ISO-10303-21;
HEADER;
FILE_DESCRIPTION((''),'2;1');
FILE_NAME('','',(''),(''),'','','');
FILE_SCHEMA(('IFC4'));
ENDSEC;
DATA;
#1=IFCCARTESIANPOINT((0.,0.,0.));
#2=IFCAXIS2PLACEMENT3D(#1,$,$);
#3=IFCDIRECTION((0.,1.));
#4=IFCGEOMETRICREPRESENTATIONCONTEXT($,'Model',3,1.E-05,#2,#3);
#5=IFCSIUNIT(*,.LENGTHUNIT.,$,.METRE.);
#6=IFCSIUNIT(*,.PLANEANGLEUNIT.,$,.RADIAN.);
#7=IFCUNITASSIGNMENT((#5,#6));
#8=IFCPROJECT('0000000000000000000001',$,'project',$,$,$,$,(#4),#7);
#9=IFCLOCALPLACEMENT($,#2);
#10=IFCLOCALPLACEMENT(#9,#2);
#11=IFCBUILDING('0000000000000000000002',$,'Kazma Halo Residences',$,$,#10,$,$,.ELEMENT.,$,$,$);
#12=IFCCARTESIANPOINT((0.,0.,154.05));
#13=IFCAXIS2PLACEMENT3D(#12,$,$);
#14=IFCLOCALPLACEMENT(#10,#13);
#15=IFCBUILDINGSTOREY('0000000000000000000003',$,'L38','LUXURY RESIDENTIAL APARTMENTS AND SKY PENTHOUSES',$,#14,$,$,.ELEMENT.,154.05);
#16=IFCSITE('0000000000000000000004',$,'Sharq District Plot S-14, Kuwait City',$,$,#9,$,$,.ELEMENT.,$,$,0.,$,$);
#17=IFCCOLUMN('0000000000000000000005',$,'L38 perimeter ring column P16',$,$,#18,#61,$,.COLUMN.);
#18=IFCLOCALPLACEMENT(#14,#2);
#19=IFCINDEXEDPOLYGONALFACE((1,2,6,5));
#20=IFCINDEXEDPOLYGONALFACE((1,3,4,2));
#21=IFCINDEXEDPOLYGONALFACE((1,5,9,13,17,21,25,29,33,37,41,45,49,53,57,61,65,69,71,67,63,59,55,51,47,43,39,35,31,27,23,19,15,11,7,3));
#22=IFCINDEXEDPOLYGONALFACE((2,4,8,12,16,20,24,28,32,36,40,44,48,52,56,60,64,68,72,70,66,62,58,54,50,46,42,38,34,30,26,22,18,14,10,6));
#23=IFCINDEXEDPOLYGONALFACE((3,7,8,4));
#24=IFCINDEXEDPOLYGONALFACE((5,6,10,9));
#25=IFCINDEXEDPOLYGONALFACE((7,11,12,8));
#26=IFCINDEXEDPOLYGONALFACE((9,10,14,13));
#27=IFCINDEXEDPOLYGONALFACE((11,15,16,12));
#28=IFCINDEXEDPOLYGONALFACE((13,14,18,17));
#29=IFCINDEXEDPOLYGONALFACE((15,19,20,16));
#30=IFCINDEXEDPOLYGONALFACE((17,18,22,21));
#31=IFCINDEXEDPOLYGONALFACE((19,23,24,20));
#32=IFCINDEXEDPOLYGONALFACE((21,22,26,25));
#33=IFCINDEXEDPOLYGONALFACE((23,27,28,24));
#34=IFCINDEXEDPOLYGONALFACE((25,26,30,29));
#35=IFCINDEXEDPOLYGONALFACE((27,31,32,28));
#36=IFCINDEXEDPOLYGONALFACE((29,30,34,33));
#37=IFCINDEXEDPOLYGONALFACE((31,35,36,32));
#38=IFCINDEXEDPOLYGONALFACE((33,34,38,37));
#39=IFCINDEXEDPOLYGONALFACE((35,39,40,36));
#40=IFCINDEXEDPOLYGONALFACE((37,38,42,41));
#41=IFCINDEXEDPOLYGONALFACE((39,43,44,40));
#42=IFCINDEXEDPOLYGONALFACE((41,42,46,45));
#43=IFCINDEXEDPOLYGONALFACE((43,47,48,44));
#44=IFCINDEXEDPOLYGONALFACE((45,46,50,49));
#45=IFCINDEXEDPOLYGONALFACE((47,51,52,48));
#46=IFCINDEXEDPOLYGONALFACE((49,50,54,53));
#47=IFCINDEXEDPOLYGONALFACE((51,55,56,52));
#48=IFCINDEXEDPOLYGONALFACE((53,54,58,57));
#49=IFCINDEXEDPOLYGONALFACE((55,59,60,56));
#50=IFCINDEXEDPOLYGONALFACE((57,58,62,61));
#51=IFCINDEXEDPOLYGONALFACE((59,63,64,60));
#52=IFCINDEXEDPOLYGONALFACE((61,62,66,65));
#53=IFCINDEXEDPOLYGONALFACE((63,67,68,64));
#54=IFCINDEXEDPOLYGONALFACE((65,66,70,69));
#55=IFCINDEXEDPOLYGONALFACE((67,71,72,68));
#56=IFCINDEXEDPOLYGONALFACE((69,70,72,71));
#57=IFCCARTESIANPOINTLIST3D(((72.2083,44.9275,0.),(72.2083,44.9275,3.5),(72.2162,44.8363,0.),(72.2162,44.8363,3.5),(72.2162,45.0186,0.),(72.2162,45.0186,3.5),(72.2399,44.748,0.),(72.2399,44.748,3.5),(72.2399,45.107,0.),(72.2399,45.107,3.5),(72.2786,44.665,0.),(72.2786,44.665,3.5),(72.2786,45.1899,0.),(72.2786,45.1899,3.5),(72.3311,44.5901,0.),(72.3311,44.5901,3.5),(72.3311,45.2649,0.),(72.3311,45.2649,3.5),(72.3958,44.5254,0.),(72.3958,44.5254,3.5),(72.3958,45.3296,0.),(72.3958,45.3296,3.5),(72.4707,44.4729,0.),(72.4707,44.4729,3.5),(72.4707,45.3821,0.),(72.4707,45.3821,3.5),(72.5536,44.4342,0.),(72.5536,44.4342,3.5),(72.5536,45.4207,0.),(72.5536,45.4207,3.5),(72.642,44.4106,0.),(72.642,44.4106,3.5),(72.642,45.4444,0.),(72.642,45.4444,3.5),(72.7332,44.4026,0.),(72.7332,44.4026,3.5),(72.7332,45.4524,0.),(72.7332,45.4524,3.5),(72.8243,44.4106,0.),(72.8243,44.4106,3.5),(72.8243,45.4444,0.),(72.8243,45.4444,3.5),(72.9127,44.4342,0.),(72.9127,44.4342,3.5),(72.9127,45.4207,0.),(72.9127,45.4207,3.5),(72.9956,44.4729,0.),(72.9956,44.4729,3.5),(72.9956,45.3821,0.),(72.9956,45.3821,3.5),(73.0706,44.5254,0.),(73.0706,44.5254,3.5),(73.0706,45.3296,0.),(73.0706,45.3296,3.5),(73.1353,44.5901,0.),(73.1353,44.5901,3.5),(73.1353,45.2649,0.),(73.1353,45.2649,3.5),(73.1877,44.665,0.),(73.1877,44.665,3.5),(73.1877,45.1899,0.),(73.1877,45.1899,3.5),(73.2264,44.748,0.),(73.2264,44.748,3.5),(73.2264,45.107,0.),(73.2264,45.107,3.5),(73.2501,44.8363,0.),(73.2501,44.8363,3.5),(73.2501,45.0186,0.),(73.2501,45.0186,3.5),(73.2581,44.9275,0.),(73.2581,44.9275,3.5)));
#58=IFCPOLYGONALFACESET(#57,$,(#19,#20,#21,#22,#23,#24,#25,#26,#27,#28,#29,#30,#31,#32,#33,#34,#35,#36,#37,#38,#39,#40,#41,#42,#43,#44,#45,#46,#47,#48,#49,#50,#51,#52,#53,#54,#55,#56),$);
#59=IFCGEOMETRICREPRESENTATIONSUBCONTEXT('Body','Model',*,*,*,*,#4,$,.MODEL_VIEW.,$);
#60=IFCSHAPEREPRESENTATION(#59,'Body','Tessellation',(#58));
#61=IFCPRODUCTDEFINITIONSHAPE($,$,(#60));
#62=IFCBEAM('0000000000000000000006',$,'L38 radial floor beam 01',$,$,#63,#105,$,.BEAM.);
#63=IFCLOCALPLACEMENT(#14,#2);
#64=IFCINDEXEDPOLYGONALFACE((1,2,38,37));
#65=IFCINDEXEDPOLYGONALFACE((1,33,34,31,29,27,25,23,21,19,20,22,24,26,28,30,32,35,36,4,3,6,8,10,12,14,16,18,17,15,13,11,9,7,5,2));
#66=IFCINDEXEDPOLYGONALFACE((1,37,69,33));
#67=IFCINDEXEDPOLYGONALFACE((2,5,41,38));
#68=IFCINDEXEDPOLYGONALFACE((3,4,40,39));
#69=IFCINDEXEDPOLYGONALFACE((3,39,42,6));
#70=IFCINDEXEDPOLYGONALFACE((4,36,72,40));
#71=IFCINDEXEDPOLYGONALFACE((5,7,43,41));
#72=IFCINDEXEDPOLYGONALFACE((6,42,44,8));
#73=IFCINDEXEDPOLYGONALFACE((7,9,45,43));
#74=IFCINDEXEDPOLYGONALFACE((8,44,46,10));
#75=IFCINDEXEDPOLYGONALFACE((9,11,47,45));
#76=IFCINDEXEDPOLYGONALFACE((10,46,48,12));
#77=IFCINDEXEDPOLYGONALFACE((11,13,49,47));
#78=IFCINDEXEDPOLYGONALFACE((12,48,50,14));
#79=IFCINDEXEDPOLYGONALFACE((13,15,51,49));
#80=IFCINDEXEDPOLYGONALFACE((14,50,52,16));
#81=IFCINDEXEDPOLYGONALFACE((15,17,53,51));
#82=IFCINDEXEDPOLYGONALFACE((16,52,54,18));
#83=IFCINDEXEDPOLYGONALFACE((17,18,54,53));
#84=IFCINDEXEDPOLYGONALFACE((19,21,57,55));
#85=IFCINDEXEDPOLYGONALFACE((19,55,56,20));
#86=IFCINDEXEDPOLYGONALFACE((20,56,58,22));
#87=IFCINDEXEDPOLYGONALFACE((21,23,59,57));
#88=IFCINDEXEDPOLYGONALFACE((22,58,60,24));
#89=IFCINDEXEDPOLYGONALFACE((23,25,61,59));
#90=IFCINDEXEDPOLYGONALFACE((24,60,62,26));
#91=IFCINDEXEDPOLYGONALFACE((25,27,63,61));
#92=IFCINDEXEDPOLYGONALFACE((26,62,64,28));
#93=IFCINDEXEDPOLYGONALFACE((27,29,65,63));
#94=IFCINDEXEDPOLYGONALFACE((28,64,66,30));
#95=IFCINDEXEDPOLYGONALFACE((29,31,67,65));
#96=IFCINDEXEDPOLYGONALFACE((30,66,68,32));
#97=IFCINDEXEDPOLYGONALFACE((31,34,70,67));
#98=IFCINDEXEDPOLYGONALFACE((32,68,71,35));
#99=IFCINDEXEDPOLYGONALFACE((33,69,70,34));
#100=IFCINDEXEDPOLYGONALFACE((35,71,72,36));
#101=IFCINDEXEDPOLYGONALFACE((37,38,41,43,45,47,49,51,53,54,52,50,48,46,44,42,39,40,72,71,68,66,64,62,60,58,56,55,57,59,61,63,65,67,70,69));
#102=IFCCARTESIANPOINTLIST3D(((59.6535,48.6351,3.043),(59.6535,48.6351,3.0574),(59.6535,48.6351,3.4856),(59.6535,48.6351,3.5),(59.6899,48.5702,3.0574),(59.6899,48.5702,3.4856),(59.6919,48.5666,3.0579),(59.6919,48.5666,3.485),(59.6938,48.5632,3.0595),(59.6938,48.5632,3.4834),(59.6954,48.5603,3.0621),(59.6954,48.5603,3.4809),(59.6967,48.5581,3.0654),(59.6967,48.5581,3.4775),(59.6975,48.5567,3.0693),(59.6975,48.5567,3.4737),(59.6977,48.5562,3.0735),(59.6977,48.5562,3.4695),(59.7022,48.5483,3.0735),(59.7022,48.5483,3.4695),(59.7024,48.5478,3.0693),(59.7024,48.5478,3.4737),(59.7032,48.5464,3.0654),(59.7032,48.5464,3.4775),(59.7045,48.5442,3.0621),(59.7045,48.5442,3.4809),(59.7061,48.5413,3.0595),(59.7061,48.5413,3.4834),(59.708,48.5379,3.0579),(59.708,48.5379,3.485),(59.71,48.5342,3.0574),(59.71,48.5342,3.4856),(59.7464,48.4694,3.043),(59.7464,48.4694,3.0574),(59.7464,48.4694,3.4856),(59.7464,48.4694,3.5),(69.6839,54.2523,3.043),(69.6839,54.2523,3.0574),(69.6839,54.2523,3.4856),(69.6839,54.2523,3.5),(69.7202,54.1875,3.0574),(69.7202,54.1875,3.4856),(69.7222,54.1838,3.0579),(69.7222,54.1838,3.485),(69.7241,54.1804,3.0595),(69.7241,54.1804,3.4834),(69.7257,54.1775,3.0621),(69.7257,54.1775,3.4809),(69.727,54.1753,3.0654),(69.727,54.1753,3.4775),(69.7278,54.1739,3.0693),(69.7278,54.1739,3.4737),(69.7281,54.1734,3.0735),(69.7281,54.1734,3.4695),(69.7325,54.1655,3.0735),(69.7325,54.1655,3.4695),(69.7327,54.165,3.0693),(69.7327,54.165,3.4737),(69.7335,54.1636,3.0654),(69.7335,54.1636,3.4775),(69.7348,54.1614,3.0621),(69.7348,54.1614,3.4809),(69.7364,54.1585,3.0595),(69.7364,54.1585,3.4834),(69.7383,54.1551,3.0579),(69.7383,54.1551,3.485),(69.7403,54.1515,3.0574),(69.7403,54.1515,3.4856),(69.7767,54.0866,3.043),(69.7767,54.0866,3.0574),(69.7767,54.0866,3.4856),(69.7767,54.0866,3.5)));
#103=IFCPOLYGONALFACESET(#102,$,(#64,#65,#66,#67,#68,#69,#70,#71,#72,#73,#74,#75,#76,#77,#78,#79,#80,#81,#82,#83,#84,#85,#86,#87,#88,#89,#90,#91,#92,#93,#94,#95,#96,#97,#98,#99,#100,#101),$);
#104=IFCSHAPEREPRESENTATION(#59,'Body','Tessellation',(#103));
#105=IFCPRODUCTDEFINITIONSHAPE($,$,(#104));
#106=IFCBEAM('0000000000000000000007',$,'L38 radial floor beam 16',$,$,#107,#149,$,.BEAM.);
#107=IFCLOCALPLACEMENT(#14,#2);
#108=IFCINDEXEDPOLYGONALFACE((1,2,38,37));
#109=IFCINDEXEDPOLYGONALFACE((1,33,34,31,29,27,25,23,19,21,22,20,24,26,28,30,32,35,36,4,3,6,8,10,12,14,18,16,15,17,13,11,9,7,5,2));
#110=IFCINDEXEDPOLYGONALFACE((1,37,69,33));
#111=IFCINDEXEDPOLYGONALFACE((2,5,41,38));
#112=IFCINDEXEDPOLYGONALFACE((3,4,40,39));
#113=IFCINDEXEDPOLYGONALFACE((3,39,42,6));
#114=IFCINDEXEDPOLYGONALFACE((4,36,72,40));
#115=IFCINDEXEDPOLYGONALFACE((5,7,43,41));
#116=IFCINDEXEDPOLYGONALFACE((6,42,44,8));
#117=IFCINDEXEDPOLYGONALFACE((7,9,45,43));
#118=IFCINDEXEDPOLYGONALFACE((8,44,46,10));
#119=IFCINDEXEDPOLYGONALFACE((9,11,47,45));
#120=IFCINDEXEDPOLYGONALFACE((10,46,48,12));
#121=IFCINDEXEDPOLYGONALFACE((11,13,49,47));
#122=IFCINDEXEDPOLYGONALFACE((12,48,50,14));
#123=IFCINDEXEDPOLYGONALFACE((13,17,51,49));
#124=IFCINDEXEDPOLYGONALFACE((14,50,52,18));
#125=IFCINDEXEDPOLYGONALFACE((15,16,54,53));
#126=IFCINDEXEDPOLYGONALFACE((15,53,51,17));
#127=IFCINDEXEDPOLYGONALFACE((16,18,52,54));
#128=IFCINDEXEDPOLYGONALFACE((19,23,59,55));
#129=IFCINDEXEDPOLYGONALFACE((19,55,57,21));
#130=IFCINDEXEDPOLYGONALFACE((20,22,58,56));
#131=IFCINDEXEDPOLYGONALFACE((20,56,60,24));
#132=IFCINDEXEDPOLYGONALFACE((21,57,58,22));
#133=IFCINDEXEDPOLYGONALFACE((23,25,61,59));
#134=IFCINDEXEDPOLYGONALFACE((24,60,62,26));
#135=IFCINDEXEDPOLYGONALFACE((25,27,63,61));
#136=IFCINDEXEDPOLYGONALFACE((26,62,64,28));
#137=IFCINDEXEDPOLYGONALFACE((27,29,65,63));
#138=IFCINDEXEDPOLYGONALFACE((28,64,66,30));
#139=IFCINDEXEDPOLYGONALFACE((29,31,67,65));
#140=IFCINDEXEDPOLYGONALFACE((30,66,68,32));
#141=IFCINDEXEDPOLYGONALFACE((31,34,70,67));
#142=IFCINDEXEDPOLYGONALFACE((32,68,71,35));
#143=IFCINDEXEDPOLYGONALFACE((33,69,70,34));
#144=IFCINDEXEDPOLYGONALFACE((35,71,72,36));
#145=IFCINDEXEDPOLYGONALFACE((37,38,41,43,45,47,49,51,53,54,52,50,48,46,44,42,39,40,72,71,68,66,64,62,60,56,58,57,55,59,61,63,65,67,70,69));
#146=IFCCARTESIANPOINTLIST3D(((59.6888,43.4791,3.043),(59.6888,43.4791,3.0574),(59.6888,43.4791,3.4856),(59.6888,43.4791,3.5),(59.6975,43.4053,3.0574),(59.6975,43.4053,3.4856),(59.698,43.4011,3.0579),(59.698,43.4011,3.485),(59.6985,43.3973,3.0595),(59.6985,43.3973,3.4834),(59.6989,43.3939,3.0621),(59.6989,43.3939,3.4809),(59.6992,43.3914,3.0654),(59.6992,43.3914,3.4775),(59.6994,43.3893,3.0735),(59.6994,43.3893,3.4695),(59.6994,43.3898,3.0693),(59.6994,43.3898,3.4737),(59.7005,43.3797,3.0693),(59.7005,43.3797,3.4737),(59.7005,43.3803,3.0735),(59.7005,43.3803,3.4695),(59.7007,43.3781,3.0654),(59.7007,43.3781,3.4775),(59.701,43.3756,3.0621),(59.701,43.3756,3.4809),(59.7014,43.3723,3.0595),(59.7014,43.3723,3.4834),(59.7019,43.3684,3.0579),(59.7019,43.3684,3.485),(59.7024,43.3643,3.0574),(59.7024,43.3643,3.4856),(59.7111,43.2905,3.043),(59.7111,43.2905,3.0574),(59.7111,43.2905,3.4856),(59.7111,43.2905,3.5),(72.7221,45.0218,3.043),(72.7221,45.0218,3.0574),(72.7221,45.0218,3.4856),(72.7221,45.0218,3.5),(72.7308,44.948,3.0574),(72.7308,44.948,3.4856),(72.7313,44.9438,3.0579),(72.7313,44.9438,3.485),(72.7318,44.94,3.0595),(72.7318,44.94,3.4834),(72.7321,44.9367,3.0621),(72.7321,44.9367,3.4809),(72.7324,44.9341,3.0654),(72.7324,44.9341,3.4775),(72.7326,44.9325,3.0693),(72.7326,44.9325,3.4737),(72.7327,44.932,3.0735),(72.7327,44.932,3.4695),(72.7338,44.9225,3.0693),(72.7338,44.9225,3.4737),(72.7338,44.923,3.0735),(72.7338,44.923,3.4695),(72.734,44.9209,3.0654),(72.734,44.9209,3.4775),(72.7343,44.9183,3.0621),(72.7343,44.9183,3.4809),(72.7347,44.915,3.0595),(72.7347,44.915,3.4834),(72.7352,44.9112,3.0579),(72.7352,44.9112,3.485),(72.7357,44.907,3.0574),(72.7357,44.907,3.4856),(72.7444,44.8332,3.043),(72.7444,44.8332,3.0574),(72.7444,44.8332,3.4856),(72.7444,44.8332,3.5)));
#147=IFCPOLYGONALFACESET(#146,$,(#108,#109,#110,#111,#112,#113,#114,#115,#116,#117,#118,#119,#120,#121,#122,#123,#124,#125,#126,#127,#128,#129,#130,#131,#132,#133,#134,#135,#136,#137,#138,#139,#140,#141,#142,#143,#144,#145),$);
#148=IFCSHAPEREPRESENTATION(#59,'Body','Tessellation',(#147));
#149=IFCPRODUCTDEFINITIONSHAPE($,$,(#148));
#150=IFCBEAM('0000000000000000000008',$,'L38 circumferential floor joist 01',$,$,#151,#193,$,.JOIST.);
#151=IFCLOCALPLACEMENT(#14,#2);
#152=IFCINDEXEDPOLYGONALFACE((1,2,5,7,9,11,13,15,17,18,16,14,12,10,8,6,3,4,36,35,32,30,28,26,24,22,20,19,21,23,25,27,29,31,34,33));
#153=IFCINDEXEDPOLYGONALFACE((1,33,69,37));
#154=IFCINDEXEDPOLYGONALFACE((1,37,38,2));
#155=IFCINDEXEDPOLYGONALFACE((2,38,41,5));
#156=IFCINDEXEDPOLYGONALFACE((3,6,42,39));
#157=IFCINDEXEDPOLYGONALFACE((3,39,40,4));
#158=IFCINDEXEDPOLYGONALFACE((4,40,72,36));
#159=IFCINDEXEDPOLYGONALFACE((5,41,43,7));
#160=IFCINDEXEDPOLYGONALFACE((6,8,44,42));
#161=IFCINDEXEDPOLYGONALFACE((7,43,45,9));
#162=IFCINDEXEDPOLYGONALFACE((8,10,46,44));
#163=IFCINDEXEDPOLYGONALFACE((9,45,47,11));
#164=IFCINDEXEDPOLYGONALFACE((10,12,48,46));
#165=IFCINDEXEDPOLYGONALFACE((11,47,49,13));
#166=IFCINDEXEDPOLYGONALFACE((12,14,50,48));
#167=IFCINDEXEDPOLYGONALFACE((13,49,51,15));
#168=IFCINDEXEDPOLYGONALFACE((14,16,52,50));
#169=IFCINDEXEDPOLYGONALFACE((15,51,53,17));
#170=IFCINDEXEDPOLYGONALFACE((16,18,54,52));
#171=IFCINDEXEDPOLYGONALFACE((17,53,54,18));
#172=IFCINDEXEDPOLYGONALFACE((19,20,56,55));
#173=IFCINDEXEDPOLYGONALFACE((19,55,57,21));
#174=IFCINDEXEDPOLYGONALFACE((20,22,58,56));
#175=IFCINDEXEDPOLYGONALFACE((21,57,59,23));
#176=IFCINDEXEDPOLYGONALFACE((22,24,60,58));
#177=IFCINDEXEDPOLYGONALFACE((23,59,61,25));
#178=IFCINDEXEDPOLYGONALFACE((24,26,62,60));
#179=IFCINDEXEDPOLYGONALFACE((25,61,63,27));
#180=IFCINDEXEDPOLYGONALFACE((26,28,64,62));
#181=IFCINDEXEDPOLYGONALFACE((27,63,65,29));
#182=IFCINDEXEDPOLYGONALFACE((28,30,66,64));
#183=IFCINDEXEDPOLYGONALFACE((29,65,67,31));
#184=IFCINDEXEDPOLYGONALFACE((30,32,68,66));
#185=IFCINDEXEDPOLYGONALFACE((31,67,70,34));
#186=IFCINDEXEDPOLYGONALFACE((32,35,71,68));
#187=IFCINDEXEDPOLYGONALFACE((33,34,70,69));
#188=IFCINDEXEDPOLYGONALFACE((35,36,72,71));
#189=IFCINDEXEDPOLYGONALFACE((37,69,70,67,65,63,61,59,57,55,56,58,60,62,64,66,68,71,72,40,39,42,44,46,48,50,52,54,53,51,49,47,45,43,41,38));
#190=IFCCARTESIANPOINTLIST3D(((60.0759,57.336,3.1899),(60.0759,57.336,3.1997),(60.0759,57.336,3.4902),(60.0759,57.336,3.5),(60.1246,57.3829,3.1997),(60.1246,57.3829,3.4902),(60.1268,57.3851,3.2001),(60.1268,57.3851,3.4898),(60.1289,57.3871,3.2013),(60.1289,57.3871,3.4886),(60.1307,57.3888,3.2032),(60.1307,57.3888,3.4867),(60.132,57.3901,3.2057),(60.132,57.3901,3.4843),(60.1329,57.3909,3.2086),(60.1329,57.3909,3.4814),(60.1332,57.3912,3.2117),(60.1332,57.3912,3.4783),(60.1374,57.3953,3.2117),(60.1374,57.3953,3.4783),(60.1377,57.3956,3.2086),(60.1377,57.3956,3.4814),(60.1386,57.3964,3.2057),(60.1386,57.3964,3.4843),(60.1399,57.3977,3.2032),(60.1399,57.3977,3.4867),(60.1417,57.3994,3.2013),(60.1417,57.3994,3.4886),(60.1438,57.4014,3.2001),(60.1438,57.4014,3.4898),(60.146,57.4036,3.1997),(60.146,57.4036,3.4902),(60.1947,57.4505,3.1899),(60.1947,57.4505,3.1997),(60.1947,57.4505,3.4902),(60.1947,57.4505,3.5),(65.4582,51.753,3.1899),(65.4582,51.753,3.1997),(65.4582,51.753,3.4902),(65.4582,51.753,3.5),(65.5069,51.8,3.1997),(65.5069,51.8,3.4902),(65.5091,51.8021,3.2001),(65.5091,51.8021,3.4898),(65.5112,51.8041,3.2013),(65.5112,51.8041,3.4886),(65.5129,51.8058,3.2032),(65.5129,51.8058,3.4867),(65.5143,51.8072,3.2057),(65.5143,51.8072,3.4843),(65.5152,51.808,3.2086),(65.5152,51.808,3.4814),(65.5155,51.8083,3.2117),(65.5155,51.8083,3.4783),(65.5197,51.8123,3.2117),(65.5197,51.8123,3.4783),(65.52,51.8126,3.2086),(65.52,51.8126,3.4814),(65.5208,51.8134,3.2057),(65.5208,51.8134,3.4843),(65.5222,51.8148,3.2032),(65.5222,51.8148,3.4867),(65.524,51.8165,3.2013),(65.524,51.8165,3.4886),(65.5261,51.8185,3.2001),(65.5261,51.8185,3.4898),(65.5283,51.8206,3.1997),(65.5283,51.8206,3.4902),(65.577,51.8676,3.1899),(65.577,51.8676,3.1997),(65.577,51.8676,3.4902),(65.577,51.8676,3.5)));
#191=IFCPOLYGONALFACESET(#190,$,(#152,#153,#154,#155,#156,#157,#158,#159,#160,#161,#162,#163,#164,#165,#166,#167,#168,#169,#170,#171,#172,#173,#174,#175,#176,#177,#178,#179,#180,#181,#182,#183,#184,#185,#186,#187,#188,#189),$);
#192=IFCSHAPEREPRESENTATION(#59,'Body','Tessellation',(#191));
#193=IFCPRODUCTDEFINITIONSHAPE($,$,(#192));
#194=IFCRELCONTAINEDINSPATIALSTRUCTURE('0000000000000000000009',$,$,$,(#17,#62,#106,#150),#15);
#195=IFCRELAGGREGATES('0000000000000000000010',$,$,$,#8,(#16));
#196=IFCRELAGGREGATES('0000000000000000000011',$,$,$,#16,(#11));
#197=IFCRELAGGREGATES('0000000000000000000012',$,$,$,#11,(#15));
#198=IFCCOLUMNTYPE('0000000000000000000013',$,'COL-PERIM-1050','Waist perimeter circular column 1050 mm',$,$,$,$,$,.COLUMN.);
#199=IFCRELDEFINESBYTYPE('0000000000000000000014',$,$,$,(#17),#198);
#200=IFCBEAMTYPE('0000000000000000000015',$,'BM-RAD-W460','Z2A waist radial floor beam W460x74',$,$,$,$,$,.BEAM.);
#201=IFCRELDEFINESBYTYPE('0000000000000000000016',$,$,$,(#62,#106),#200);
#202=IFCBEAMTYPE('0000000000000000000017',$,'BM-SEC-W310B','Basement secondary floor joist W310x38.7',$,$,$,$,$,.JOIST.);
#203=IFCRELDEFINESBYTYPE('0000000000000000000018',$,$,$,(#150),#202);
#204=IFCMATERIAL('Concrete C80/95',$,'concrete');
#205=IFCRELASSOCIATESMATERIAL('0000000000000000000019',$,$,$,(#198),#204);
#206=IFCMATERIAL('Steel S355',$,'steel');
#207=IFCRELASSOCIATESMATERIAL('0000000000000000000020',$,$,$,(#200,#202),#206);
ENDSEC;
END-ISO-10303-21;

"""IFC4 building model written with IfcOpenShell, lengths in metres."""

from ifc_helpers import new_model, si_unit, direction, frame, origin, origin_2d, place, context, subcontext, project, spatial, circle, i_section, extrude, material, material_profile, profile_set, type_object, element, save


model = new_model("IFC4")

# Units and contexts
model_context = context("Model", 3, precision=1e-05, world=origin(), true_north=direction((0.0, 1.0)))
body_context = subcontext(model_context, "Body", "Model", "MODEL_VIEW")
ifc_project = project(units=[si_unit("LENGTHUNIT", "METRE"), si_unit("PLANEANGLEUNIT", "RADIAN")], contexts=[model_context])

# Site, building, storey
site_placement = place(None, origin())
site = spatial("IfcSite", under=ifc_project, at=site_placement, Name="Sharq District Plot S-14, Kuwait City", CompositionType="ELEMENT", RefElevation=0.0)
building_placement = place(site_placement, origin())
building = spatial("IfcBuilding", under=site, at=building_placement, Name="Kazma Halo Residences", CompositionType="ELEMENT")
storey_placement = place(building_placement, frame((0.0, 0.0, 154.05)))
storey = spatial("IfcBuildingStorey", under=building, at=storey_placement, Name="L38", Description="LUXURY RESIDENTIAL APARTMENTS AND SKY PENTHOUSES", CompositionType="ELEMENT", Elevation=154.05)

# Column
ifc_material_1 = material(Name="Concrete C80/95", Category="concrete")
ifc_material_profile_1 = material_profile(ifc_material_1, circle(Radius=0.5249, at=origin_2d()), Name="CIRC1050")
ifc_profile_set_1 = profile_set([ifc_material_profile_1], Name="Concrete C80/95")
column_type = type_object("IfcColumnType", Name="COL-PERIM-1050", Description="Waist perimeter circular column 1050 mm", PredefinedType="COLUMN", material=ifc_profile_set_1)
column_placement = place(storey_placement, frame((72.7332, 44.9275, 0.0), z_axis=(0.0, 0.0, 1.0), x_axis=(1.0, 0.0, 0.0)))
element("IfcColumn", 1, at=column_placement, inside=storey, type_object=column_type, Name="L38 perimeter ring column P16", PredefinedType="COLUMN", context=body_context, shape_type="SweptSolid", body=[
    extrude(circle(Radius=0.5249, at=origin_2d()), origin(), (0.0, 0.0, 1.0), 3.5),
])

# Beams
ifc_material_2 = material(Name="Steel S355", Category="steel")
ifc_material_profile_2 = material_profile(ifc_material_2, i_section(OverallWidth=0.1899, OverallDepth=0.457, WebThickness=0.009, FlangeThickness=0.0144, FilletRadius=0.0161, at=origin_2d()), Name="W460x74")
ifc_profile_set_2 = profile_set([ifc_material_profile_2], Name="Steel S355")
beam_type_1 = type_object("IfcBeamType", Name="BM-RAD-W460", Description="Z2A waist radial floor beam W460x74", PredefinedType="BEAM", material=ifc_profile_set_2)
beam_1_placement = place(storey_placement, frame((59.7, 48.5522, 3.2715), z_axis=(0.872497, 0.488619, 0.0), x_axis=(-0.488619, 0.872497, 0.0)))
element("IfcBeam", 2, at=beam_1_placement, inside=storey, type_object=beam_type_1, Name="L38 radial floor beam 01", PredefinedType="BEAM", context=body_context, shape_type="SweptSolid", body=[
    extrude(i_section(OverallWidth=0.1899, OverallDepth=0.457, WebThickness=0.009, FlangeThickness=0.0144, FilletRadius=0.0161, at=origin_2d()), origin(), (0.0, 0.0, 1.0), 11.4961),
])
beam_2_placement = place(storey_placement, frame((59.7, 43.3848, 3.2715), z_axis=(0.993067, 0.117548, 0.0), x_axis=(-0.117548, 0.993067, 0.0)))
element("IfcBeam", 3, at=beam_2_placement, inside=storey, type_object=beam_type_1, Name="L38 radial floor beam 16", PredefinedType="BEAM", context=body_context, shape_type="SweptSolid", body=[
    extrude(i_section(OverallWidth=0.1899, OverallDepth=0.457, WebThickness=0.009, FlangeThickness=0.0144, FilletRadius=0.0161, at=origin_2d()), origin(), (0.0, 0.0, 1.0), 13.1243),
])
ifc_material_profile_3 = material_profile(ifc_material_2, i_section(OverallWidth=0.165, OverallDepth=0.3101, WebThickness=0.0059, FlangeThickness=0.0098, FilletRadius=0.012, at=origin_2d()), Name="W310x38.7")
ifc_profile_set_3 = profile_set([ifc_material_profile_3], Name="Steel S355")
beam_type_2 = type_object("IfcBeamType", Name="BM-SEC-W310B", Description="Basement secondary floor joist W310x38.7", PredefinedType="JOIST", material=ifc_profile_set_3)
beam_3_placement = place(storey_placement, frame((65.5176, 51.8103, 3.345), z_axis=(-0.694049, 0.719927, 0.0), x_axis=(-0.719927, -0.694049, 0.0)))
element("IfcBeam", 4, at=beam_3_placement, inside=storey, type_object=beam_type_2, Name="L38 circumferential floor joist 01", PredefinedType="JOIST", context=body_context, shape_type="SweptSolid", body=[
    extrude(i_section(OverallWidth=0.165, OverallDepth=0.3101, WebThickness=0.0059, FlangeThickness=0.0098, FilletRadius=0.012, at=origin_2d()), origin(), (0.0, 0.0, 1.0), 7.7549),
])

save(model, "model.ifc")
